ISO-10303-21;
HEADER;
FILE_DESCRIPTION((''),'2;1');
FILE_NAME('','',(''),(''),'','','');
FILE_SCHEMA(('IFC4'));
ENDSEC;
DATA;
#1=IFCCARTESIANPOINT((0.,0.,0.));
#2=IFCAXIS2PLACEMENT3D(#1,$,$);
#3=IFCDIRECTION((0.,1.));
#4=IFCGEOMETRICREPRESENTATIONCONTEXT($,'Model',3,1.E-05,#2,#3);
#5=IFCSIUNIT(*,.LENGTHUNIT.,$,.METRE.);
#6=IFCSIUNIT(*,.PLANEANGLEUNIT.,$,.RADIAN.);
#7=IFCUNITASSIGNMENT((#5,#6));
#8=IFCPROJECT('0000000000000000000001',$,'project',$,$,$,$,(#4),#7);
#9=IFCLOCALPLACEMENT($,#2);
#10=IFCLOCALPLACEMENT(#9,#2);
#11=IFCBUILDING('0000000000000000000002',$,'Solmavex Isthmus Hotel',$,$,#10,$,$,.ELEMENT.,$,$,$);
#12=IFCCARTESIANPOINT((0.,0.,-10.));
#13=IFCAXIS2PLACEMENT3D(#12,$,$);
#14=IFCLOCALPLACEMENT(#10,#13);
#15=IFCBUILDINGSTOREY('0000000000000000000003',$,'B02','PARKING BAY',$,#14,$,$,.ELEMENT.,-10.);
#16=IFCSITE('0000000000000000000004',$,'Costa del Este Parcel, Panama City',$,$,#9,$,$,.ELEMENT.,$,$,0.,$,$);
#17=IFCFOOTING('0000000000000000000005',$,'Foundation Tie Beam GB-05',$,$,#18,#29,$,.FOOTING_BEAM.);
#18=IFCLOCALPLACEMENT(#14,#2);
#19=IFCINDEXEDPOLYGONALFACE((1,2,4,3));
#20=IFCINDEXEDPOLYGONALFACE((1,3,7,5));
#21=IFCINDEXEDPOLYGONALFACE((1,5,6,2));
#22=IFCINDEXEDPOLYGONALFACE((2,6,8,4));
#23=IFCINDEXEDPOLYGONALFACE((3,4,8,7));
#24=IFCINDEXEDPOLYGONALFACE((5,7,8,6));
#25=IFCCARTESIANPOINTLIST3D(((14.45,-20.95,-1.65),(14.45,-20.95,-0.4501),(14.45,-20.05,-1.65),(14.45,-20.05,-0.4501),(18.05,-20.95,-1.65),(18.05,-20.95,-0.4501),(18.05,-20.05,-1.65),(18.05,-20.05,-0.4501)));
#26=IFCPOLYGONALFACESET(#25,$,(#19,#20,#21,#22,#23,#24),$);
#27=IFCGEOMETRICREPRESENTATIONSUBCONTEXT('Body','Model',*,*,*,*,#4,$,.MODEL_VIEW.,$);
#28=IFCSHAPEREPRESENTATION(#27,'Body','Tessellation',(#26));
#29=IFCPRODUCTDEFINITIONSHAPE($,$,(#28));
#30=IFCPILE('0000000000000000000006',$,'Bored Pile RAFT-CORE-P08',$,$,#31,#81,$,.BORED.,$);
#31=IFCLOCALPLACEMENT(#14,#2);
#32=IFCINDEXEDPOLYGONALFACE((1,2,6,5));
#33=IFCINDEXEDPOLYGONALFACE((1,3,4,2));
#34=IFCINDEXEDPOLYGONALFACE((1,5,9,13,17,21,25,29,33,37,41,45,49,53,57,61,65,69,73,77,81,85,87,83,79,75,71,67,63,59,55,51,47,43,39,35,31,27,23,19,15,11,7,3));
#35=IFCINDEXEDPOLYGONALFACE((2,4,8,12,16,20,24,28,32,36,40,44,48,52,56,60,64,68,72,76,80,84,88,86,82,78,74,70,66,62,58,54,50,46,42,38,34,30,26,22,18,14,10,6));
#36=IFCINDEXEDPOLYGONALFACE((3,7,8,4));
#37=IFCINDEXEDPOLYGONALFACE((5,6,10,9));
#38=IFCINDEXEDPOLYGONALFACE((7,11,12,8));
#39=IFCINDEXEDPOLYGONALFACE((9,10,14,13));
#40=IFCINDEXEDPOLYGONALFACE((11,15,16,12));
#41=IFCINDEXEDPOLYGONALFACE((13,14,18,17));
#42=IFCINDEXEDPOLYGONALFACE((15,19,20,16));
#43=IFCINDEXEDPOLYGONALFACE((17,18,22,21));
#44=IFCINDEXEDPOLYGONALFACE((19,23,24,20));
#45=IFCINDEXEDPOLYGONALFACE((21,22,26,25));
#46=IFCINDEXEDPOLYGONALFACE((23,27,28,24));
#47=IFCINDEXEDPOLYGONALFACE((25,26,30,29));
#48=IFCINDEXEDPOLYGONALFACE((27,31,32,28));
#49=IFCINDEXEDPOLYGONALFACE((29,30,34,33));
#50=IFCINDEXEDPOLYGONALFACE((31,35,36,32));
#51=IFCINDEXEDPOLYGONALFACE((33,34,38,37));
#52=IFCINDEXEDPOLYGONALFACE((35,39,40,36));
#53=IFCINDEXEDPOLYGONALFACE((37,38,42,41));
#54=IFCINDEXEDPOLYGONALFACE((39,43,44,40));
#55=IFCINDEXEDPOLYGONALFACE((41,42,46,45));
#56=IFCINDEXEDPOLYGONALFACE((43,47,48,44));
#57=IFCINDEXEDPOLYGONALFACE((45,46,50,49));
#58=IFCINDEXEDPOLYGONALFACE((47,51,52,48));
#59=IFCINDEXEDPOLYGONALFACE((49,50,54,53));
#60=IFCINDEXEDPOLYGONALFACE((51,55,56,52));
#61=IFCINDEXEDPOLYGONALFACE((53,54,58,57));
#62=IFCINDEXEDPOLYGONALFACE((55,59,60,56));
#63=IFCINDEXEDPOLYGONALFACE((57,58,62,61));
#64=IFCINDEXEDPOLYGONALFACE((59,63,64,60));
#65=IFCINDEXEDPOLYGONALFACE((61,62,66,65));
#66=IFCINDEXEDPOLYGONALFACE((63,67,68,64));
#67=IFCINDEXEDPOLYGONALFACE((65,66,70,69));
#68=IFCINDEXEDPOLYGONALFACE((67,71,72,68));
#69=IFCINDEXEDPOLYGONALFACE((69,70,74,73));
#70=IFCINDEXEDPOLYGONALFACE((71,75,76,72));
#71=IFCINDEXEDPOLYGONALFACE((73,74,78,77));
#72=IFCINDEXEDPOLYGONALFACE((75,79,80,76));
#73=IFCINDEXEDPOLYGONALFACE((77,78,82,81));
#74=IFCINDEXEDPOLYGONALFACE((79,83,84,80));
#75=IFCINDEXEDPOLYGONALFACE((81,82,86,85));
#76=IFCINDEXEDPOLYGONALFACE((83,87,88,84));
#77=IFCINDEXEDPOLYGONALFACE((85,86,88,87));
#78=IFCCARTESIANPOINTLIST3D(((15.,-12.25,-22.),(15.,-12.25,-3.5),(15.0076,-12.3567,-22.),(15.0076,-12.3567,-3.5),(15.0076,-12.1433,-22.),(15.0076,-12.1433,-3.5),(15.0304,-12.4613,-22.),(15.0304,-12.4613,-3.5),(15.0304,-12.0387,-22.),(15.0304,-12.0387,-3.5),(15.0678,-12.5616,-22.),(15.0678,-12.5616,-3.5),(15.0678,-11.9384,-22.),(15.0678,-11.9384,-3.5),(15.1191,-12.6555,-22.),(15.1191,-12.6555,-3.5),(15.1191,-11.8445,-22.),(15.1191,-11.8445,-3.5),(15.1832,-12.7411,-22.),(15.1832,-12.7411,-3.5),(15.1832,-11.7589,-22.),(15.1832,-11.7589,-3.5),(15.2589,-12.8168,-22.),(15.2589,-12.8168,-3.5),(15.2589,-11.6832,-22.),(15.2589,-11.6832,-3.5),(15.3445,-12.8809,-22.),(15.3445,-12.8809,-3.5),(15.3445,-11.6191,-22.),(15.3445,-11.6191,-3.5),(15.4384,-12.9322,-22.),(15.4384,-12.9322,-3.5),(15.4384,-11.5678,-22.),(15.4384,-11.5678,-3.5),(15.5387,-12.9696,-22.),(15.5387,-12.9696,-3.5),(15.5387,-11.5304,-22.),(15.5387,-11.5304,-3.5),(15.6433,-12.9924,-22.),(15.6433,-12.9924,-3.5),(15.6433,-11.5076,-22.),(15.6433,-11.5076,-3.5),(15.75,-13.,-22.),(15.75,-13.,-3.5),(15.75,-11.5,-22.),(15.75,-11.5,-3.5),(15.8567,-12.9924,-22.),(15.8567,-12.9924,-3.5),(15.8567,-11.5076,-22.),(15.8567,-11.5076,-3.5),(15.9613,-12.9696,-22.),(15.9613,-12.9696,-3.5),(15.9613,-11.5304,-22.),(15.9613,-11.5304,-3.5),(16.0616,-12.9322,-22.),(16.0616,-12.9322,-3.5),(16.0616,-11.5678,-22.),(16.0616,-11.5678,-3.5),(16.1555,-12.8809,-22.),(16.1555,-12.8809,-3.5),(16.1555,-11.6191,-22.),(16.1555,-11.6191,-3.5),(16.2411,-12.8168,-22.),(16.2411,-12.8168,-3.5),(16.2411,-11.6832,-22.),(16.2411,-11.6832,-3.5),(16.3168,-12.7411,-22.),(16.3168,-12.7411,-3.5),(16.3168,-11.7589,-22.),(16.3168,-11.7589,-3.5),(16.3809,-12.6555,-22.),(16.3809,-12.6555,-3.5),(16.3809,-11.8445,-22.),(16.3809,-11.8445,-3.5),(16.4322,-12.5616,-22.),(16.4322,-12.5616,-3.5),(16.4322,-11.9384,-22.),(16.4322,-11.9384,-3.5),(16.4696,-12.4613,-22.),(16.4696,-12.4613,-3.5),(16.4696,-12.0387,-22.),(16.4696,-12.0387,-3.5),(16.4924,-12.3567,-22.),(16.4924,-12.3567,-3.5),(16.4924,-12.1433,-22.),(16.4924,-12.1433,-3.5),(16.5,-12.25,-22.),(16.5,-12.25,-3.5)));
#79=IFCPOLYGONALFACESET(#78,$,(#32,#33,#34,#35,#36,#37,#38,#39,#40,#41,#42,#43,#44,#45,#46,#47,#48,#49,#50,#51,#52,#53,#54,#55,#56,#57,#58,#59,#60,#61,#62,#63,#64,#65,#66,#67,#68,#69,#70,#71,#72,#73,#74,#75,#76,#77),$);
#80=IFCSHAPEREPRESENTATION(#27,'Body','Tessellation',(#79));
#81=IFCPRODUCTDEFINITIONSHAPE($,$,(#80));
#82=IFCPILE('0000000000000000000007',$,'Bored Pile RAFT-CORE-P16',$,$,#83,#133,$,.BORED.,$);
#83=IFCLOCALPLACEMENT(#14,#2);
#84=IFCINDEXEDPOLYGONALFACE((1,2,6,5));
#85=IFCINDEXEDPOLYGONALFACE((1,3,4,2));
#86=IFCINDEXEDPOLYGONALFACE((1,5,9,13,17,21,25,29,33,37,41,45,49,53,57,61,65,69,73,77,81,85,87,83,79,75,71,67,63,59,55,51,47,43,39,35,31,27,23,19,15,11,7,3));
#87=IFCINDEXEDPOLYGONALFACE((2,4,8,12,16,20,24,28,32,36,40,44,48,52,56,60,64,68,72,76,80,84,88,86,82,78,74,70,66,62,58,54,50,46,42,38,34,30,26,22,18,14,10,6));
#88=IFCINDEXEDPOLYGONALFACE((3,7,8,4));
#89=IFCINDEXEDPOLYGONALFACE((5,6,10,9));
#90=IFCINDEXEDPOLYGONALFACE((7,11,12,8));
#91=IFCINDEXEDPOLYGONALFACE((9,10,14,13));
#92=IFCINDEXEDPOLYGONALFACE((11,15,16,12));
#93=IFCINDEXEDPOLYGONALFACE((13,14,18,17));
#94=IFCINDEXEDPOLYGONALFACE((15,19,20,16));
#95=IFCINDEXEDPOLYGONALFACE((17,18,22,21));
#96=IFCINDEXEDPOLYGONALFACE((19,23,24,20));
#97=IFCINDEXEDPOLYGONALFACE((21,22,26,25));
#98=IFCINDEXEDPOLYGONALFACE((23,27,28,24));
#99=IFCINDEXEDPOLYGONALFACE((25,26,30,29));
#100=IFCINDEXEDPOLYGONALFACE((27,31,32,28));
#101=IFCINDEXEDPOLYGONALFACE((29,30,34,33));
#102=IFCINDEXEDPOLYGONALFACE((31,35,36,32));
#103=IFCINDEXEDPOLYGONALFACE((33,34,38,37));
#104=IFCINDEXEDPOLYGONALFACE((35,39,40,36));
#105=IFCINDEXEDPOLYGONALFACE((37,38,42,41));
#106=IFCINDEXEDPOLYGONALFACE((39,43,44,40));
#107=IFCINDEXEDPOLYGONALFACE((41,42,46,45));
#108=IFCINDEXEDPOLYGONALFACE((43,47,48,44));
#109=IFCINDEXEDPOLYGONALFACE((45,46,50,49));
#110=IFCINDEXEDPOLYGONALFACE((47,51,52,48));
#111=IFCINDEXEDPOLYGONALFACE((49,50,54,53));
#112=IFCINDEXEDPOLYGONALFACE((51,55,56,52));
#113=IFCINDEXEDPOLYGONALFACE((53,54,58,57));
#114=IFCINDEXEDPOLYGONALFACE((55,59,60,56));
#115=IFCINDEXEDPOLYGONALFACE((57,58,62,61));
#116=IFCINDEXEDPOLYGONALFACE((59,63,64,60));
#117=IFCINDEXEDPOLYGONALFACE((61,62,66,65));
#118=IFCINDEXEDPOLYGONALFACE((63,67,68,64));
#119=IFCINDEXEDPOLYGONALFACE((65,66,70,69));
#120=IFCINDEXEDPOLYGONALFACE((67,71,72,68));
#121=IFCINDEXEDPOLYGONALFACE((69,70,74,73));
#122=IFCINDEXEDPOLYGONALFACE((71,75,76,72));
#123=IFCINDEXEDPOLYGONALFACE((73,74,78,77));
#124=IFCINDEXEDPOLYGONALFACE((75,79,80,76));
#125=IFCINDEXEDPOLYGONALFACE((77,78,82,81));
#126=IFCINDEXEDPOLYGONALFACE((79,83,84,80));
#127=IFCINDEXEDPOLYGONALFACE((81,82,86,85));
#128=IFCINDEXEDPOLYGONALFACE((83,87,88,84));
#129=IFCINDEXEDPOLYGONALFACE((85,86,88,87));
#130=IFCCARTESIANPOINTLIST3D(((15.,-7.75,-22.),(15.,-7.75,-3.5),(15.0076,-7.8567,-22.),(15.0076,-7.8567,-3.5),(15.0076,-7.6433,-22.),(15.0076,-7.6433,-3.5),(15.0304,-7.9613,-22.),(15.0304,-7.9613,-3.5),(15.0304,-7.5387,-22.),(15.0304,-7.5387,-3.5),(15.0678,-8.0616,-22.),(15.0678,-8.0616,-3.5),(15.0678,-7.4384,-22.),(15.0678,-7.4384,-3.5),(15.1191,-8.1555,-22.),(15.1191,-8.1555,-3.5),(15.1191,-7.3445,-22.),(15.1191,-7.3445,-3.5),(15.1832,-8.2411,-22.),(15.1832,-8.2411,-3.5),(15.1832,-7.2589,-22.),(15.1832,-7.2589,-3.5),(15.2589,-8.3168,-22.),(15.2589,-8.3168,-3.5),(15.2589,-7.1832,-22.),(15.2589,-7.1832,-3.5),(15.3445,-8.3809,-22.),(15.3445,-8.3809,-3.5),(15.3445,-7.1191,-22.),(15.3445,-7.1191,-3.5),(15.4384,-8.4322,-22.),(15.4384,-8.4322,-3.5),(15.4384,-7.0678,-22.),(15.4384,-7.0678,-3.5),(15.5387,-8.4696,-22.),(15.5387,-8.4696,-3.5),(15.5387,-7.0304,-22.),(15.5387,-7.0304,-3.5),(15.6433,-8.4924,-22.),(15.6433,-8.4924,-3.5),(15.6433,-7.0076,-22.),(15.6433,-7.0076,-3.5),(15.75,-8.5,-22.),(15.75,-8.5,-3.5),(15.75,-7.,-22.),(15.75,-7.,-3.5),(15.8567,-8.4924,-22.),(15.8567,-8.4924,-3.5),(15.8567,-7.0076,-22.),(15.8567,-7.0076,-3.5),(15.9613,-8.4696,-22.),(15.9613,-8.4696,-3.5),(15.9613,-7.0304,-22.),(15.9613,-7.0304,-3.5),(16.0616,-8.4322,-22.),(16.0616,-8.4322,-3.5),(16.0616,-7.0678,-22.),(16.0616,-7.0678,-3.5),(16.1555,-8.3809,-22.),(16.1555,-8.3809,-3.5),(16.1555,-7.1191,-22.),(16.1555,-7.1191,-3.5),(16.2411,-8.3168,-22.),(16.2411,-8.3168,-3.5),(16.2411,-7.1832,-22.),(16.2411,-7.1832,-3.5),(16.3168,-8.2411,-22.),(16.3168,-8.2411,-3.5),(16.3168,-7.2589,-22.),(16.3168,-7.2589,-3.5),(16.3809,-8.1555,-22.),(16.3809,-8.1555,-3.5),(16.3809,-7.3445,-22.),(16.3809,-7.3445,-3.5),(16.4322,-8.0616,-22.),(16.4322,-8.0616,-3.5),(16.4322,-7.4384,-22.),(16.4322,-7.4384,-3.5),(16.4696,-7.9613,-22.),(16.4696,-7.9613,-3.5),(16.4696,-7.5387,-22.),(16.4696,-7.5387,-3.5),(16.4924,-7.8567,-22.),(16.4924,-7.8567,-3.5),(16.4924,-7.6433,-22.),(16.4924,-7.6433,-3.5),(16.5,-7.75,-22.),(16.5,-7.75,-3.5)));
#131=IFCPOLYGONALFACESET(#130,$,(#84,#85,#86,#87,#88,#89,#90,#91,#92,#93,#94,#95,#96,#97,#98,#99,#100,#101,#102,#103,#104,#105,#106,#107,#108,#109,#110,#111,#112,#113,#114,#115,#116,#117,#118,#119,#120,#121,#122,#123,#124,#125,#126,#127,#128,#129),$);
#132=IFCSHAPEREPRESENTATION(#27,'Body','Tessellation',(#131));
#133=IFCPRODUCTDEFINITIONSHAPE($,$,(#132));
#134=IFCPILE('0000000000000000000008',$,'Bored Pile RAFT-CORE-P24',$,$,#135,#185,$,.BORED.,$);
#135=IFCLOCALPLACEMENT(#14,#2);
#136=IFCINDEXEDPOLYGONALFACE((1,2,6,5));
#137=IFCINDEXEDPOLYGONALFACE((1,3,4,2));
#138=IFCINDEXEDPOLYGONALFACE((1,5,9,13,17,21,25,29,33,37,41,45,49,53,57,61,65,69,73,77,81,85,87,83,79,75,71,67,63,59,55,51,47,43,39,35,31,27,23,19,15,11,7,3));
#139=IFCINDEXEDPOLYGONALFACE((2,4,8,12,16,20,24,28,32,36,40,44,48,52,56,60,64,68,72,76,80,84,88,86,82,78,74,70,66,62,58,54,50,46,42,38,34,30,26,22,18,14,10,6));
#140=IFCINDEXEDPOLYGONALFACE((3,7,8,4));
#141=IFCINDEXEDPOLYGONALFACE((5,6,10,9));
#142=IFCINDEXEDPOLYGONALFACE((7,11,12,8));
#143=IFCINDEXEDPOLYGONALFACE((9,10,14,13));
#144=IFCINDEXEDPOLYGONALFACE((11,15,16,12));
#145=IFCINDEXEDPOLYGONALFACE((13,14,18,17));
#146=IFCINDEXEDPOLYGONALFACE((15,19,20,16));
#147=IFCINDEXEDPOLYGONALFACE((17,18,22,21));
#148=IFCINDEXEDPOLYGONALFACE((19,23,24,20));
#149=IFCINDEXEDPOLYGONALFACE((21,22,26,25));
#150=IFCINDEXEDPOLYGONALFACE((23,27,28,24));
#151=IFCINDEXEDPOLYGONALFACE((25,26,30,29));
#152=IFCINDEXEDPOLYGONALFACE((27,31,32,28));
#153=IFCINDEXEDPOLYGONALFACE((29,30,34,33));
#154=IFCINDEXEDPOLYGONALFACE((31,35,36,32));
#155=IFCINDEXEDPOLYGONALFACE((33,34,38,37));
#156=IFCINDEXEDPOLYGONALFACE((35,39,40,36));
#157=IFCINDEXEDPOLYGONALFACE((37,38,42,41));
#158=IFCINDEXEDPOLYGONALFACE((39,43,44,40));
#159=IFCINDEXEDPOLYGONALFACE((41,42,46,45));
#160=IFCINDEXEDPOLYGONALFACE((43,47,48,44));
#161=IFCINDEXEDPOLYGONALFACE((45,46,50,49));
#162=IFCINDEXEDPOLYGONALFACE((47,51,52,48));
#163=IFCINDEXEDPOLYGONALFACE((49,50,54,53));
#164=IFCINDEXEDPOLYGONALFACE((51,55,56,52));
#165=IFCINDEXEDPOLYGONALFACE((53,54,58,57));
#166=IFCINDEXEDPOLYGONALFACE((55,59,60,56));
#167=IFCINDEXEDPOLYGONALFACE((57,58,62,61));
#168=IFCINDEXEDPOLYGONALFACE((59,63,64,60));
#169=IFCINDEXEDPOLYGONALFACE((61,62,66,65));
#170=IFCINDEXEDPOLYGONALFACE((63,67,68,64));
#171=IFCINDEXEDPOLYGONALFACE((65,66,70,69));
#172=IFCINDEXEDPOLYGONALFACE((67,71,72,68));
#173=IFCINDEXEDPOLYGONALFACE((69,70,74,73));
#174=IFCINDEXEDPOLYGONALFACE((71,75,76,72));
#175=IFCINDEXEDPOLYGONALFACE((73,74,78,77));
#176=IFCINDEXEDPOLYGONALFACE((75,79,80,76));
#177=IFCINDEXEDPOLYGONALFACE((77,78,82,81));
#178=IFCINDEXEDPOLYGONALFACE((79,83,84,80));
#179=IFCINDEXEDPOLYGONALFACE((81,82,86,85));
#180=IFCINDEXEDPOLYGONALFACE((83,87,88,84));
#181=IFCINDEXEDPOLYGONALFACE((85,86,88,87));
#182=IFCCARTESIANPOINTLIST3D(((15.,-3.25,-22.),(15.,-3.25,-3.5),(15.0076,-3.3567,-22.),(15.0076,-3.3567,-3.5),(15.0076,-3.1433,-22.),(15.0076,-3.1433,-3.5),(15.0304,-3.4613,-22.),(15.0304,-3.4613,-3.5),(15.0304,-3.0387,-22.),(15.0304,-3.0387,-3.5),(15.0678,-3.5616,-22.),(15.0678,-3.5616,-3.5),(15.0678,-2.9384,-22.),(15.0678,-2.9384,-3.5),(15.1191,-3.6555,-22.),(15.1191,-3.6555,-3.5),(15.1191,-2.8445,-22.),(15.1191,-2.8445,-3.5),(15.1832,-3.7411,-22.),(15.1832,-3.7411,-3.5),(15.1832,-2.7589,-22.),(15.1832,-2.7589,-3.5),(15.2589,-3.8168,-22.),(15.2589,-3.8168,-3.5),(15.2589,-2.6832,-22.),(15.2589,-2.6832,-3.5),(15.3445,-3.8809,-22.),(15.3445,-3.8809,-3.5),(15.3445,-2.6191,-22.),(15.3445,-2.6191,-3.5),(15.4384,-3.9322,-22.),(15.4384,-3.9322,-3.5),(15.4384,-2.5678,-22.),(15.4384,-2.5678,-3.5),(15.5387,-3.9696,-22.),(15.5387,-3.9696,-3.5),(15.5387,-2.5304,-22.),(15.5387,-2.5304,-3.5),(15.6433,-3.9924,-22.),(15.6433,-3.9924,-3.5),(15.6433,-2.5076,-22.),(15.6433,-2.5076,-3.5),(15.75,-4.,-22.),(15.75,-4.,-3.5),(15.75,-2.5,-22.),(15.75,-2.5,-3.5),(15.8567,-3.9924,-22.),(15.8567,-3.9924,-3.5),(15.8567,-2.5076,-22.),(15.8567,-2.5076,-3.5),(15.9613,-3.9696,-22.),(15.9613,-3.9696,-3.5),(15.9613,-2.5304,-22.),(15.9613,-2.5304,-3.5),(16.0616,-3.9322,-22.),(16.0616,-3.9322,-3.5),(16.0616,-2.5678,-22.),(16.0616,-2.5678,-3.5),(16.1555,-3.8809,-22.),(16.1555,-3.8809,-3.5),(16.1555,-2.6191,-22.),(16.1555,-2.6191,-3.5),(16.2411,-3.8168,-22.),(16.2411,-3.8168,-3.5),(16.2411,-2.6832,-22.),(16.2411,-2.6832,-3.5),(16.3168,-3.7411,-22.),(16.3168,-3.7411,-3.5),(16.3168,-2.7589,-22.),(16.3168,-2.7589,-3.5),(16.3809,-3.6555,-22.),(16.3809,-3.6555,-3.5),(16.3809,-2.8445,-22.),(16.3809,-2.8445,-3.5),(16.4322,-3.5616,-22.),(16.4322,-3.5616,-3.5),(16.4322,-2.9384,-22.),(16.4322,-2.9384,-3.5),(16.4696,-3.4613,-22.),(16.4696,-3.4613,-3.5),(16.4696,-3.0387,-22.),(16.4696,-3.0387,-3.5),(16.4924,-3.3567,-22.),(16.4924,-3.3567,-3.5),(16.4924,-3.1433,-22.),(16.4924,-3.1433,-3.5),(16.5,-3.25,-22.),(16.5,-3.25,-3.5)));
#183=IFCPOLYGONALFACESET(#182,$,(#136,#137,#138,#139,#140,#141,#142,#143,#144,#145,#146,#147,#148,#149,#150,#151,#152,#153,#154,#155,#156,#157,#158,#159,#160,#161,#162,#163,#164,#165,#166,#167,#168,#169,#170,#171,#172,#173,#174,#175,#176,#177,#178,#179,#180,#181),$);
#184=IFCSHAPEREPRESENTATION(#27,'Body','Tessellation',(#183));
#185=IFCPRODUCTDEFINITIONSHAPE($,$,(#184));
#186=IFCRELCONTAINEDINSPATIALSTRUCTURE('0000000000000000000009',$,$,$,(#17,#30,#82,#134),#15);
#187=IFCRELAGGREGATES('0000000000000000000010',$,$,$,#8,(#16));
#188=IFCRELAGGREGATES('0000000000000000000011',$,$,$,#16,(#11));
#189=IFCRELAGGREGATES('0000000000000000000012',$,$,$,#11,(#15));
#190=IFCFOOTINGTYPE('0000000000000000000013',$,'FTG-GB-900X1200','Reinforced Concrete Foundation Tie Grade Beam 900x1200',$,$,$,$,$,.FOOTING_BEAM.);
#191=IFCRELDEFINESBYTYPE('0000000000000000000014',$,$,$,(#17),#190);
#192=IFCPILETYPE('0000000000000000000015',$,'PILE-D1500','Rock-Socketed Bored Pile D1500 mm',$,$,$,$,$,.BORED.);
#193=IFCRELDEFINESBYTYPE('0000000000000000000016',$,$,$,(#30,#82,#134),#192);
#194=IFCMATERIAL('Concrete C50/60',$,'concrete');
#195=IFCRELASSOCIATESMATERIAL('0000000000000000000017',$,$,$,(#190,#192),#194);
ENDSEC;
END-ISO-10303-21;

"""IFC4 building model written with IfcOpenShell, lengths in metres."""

from ifc_helpers import new_model, si_unit, direction, frame, origin, origin_2d, place, context, subcontext, project, spatial, rectangle, circle, extrude, material, material_profile, profile_set, type_object, element, save


model = new_model("IFC4")

# Units and contexts
model_context = context("Model", 3, precision=1e-05, world=origin(), true_north=direction((0.0, 1.0)))
body_context = subcontext(model_context, "Body", "Model", "MODEL_VIEW")
ifc_project = project(units=[si_unit("LENGTHUNIT", "METRE"), si_unit("PLANEANGLEUNIT", "RADIAN")], contexts=[model_context])

# Site, building, storey
site_placement = place(None, origin())
site = spatial("IfcSite", under=ifc_project, at=site_placement, Name="Costa del Este Parcel, Panama City", CompositionType="ELEMENT", RefElevation=0.0)
building_placement = place(site_placement, origin())
building = spatial("IfcBuilding", under=site, at=building_placement, Name="Solmavex Isthmus Hotel", CompositionType="ELEMENT")
storey_placement = place(building_placement, frame((0.0, 0.0, -10.0)))
storey = spatial("IfcBuildingStorey", under=building, at=storey_placement, Name="B02", Description="PARKING BAY", CompositionType="ELEMENT", Elevation=-10.0)

# Footing
ifc_material_1 = material(Name="Concrete C50/60", Category="concrete")
footing_type = type_object("IfcFootingType", Name="FTG-GB-900X1200", Description="Reinforced Concrete Foundation Tie Grade Beam 900x1200", PredefinedType="FOOTING_BEAM", material=ifc_material_1)
footing_placement = place(storey_placement, frame((14.45, -20.5, -1.05), z_axis=(1.0, 0.0, 0.0), x_axis=(0.0, 1.0, 0.0)))
element("IfcFooting", 1, at=footing_placement, inside=storey, type_object=footing_type, Name="Foundation Tie Beam GB-05", PredefinedType="FOOTING_BEAM", context=body_context, shape_type="SweptSolid", body=[
    extrude(rectangle(XDim=0.8999, YDim=1.2, at=origin_2d()), origin(), (0.0, 0.0, 1.0), 3.6001),
])

# Piles
ifc_material_profile_1 = material_profile(ifc_material_1, circle(Radius=0.75, at=origin_2d()), Name="PILE1500")
ifc_profile_set_1 = profile_set([ifc_material_profile_1], Name="Concrete C50/60")
pile_type = type_object("IfcPileType", Name="PILE-D1500", Description="Rock-Socketed Bored Pile D1500 mm", PredefinedType="BORED", material=ifc_profile_set_1)
for number, where, z_axis, x_axis, name in (
    (2, (15.75, -12.25, -3.5), (0.0, 0.0, -1.0), (1.0, 0.0, 0.0), "Bored Pile RAFT-CORE-P08"),
    (3, (15.75, -7.75, -3.5), (0.0, 0.0, -1.0), (1.0, 0.0, 0.0), "Bored Pile RAFT-CORE-P16"),
    (4, (15.75, -3.25, -3.5), (0.0, 0.0, -1.0), (1.0, 0.0, 0.0), "Bored Pile RAFT-CORE-P24"),
):
    element("IfcPile", number, at=place(storey_placement, frame(where, z_axis=z_axis, x_axis=x_axis)), inside=storey, type_object=pile_type, Name=name, PredefinedType="BORED", context=body_context, shape_type="SweptSolid", body=[
        extrude(circle(Radius=0.75, at=origin_2d()), origin(), (0.0, 0.0, 1.0), 18.5),
    ])

save(model, "model.ifc")
